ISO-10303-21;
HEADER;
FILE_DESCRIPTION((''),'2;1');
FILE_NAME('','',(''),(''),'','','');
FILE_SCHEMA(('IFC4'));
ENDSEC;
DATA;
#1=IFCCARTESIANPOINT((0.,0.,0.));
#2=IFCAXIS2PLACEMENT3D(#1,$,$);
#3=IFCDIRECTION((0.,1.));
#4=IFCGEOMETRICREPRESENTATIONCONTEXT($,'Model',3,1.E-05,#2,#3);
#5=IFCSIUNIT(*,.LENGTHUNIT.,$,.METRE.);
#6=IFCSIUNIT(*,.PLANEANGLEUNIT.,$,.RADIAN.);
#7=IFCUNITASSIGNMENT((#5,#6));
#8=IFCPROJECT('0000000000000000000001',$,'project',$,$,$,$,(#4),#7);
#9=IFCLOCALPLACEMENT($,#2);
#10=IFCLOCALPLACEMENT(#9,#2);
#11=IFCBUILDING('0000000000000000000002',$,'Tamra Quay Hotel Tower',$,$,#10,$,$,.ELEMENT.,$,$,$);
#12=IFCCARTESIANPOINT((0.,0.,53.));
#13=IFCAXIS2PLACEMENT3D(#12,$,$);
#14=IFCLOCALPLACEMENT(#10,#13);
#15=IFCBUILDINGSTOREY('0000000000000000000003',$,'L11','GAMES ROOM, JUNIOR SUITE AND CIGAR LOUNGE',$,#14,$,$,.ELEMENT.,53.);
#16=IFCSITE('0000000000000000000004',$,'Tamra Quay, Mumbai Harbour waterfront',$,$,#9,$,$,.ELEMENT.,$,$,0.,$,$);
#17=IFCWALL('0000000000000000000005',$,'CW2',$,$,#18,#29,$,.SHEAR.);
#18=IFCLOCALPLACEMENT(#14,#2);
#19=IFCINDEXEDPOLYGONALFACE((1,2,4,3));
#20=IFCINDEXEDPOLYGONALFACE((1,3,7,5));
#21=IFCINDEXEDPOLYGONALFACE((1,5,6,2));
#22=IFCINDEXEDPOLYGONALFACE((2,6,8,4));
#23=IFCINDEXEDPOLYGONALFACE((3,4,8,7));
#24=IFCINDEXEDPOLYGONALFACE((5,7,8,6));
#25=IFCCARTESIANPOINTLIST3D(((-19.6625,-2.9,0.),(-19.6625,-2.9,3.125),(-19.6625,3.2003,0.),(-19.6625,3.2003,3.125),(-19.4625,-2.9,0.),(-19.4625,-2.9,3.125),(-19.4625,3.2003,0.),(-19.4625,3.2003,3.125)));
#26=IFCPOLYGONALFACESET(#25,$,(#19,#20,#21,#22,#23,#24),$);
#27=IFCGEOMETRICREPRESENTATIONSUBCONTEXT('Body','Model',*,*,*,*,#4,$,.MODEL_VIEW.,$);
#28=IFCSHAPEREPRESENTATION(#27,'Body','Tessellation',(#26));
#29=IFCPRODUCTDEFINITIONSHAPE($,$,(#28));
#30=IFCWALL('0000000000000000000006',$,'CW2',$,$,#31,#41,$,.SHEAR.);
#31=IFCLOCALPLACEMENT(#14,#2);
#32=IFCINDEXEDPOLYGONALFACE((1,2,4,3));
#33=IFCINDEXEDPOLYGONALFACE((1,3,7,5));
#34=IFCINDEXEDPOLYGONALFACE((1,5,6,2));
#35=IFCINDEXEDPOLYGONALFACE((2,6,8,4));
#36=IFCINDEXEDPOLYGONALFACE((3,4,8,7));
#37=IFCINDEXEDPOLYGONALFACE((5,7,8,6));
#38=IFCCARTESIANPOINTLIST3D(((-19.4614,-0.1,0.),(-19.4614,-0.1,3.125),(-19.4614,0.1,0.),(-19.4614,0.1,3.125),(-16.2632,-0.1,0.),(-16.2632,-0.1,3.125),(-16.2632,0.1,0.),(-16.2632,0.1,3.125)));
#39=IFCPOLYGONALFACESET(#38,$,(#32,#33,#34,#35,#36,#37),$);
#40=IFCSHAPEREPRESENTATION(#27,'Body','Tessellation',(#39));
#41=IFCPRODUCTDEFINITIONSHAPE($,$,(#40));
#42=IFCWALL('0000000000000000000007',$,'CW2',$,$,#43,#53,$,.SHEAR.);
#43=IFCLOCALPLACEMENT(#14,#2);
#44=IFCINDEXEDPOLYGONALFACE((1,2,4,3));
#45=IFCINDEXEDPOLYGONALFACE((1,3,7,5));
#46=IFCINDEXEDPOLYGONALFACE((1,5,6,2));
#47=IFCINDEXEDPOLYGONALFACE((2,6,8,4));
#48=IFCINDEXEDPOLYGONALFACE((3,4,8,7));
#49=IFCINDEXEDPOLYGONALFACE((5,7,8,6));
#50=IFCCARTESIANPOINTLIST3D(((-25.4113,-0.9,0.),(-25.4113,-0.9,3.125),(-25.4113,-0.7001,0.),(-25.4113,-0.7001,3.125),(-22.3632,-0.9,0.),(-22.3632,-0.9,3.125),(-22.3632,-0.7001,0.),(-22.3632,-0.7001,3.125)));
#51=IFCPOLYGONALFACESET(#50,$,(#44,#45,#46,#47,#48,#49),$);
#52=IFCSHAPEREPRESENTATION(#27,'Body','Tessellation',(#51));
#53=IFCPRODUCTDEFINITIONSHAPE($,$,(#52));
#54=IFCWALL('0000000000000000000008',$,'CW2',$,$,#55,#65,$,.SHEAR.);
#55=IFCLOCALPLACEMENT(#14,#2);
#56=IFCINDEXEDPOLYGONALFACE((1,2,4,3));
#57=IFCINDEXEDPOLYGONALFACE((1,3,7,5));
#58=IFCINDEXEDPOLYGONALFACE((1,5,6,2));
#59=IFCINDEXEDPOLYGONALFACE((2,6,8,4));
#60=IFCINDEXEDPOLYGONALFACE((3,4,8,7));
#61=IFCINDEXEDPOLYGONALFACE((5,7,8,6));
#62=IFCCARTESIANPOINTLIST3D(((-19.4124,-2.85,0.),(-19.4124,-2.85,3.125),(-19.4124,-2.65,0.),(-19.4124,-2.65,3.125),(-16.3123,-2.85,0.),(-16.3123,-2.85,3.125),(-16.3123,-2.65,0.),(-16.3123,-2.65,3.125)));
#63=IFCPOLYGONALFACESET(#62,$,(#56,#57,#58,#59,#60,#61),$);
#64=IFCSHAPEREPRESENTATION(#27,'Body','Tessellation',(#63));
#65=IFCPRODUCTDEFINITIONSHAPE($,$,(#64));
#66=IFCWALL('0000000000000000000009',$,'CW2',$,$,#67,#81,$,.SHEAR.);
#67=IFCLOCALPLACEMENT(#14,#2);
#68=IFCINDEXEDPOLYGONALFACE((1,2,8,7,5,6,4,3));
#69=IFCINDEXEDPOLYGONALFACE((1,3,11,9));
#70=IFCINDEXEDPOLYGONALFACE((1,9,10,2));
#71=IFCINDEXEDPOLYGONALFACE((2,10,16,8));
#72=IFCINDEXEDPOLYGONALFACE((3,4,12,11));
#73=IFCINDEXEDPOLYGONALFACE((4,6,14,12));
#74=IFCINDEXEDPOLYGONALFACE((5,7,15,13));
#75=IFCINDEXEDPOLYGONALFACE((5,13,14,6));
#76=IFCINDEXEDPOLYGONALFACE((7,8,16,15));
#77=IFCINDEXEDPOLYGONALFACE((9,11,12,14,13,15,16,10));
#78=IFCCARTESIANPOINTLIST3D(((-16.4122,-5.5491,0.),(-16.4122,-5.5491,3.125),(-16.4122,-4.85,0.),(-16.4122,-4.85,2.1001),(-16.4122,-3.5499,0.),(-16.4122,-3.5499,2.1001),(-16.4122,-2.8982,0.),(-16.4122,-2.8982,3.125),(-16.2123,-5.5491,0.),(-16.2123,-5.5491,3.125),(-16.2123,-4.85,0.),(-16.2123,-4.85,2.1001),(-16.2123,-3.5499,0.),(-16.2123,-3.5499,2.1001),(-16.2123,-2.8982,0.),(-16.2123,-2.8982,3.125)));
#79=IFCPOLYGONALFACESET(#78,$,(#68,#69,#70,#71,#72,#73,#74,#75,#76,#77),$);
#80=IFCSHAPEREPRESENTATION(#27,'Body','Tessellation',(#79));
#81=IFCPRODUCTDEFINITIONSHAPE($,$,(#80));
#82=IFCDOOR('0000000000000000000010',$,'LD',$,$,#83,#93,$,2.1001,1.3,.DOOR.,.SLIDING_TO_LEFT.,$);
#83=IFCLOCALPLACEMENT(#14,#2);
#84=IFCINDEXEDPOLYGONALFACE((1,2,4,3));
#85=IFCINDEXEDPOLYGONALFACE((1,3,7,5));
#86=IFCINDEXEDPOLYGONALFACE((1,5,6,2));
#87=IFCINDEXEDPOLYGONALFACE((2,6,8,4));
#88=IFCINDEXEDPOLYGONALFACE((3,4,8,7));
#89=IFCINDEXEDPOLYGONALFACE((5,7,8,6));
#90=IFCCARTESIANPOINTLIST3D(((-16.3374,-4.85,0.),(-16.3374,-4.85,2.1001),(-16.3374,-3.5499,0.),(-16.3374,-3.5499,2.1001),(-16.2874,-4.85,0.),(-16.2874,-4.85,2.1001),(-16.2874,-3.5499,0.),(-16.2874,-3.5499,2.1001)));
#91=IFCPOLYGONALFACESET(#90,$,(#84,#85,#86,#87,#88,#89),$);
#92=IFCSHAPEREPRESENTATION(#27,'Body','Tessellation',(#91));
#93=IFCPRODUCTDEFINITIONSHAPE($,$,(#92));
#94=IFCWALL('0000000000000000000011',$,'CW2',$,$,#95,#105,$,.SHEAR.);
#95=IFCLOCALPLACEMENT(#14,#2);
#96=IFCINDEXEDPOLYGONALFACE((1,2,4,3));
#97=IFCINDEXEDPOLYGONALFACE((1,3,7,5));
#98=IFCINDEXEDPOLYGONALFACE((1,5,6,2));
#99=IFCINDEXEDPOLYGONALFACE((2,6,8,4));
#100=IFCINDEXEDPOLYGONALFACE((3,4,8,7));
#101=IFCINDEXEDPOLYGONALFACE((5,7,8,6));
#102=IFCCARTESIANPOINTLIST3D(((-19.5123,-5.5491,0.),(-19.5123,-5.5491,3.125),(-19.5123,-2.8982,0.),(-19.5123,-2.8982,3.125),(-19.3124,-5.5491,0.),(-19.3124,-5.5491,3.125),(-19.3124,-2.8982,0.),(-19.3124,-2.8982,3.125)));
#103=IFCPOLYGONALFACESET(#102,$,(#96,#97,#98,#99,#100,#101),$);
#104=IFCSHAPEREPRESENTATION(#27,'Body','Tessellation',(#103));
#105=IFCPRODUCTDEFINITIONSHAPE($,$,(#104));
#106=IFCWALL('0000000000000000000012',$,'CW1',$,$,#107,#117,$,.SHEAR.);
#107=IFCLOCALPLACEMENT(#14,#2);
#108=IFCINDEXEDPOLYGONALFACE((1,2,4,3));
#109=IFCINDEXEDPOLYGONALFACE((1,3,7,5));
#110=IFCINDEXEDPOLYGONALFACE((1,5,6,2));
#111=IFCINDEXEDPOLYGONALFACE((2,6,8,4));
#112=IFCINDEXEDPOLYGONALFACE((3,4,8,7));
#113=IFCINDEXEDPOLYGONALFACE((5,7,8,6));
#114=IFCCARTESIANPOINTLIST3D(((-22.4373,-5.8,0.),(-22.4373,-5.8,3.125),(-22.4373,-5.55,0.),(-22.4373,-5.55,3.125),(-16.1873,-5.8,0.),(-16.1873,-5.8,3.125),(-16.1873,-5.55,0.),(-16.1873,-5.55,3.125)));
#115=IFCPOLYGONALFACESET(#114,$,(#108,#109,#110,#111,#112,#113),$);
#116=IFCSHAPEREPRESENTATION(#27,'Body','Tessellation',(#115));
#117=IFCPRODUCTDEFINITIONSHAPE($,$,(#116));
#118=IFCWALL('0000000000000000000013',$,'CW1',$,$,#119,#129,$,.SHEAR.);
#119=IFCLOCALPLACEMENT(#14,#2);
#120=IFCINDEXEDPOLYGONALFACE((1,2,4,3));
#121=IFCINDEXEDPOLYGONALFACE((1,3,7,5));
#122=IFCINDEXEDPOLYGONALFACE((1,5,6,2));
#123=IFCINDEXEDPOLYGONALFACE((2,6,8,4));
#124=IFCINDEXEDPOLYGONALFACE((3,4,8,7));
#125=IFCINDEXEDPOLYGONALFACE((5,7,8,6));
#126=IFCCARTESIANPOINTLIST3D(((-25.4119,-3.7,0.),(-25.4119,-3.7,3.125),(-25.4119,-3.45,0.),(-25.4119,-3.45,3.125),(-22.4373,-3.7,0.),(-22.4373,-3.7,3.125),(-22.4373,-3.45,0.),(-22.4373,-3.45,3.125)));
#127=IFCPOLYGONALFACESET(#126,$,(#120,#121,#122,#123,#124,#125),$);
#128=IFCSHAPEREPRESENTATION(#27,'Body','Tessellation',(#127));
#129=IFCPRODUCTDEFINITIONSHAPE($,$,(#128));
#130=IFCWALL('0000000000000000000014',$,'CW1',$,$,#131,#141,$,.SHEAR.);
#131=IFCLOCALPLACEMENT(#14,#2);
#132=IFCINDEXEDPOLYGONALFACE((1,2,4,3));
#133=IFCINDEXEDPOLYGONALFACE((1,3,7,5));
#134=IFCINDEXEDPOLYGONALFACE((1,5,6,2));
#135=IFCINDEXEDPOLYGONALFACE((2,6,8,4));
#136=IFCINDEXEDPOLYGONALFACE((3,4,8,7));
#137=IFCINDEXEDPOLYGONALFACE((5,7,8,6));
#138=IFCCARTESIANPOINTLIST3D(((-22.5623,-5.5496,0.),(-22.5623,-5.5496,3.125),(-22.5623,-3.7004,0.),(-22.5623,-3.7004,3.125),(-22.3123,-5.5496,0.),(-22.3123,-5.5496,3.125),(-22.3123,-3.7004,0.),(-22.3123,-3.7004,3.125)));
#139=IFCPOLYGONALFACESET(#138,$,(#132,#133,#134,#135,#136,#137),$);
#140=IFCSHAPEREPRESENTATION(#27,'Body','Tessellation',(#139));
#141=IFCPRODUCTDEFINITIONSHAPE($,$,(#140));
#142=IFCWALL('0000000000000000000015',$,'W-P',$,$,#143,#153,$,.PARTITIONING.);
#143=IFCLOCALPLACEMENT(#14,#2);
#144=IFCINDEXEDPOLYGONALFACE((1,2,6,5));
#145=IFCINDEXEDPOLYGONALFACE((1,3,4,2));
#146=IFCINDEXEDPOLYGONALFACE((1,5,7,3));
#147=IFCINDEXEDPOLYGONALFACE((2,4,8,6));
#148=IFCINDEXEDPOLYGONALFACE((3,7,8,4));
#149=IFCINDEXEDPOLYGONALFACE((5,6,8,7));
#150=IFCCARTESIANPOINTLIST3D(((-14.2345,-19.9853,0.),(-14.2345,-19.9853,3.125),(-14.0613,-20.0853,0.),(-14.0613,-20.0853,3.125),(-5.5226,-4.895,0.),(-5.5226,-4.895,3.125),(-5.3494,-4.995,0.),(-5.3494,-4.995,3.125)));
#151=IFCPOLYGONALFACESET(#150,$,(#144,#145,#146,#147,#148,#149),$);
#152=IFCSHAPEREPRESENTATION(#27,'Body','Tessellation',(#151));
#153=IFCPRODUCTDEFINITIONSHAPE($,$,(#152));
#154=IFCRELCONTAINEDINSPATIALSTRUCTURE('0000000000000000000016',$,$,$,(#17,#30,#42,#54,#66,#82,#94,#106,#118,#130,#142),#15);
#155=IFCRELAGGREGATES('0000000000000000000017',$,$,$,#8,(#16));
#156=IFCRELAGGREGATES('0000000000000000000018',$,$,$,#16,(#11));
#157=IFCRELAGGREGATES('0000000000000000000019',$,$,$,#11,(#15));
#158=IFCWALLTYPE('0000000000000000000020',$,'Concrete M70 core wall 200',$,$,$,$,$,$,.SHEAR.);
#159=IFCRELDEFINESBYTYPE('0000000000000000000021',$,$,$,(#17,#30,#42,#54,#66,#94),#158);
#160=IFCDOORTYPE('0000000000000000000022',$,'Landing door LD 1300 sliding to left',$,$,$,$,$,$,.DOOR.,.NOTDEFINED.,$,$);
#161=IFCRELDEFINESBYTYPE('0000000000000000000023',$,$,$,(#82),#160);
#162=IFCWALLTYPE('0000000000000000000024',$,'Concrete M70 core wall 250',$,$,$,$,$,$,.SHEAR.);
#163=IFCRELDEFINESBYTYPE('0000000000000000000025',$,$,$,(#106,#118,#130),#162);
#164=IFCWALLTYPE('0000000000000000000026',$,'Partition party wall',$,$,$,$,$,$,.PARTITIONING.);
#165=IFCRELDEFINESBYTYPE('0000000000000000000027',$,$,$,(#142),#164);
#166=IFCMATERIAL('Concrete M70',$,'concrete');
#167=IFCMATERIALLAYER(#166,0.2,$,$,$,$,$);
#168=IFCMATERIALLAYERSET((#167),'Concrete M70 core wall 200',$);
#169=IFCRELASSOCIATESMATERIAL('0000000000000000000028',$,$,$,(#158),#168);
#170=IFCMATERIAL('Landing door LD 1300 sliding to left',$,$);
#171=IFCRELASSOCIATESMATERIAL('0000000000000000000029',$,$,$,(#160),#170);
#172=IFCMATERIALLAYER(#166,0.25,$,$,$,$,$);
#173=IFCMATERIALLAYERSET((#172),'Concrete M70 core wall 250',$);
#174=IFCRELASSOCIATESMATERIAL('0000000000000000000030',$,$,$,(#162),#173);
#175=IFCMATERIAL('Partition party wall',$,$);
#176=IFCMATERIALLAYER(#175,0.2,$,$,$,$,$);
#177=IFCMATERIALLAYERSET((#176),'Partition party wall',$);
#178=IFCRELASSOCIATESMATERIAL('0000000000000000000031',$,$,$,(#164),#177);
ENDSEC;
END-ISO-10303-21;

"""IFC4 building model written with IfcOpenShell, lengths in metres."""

from ifc_helpers import new_model, si_unit, direction, frame, frame_2d, origin, place, context, subcontext, project, spatial, rectangle, extrude, material, layer, layer_set, type_object, element, fill, save


model = new_model("IFC4")

# Units and contexts
model_context = context("Model", 3, precision=1e-05, world=origin(), true_north=direction((0.0, 1.0)))
body_context = subcontext(model_context, "Body", "Model", "MODEL_VIEW")
ifc_project = project(units=[si_unit("LENGTHUNIT", "METRE"), si_unit("PLANEANGLEUNIT", "RADIAN")], contexts=[model_context])

# Site, building, storey
site_placement = place(None, origin())
site = spatial("IfcSite", under=ifc_project, at=site_placement, Name="Tamra Quay, Mumbai Harbour waterfront", CompositionType="ELEMENT", RefElevation=0.0)
building_placement = place(site_placement, origin())
building = spatial("IfcBuilding", under=site, at=building_placement, Name="Tamra Quay Hotel Tower", CompositionType="ELEMENT")
storey_placement = place(building_placement, frame((0.0, 0.0, 53.0)))
storey = spatial("IfcBuildingStorey", under=building, at=storey_placement, Name="L11", Description="GAMES ROOM, JUNIOR SUITE AND CIGAR LOUNGE", CompositionType="ELEMENT", Elevation=53.0)

# Shared definitions
ifc_material_1 = material(Name="Concrete M70", Category="concrete")

# Walls
ifc_layer_1 = layer(ifc_material_1, 0.2)
ifc_layer_set_1 = layer_set([ifc_layer_1], Name="Concrete M70 core wall 200")
wall_type_1 = type_object("IfcWallType", Name="Concrete M70 core wall 200", PredefinedType="SHEAR", material=ifc_layer_set_1)
wall_1_placement = place(storey_placement, frame((-19.5625, -2.9001, 0.0), z_axis=(0.0, 0.0, 1.0), x_axis=(0.0, 1.0, 0.0)))
element("IfcWall", 1, at=wall_1_placement, inside=storey, type_object=wall_type_1, Name="CW2", PredefinedType="SHEAR", context=body_context, shape_type="SweptSolid", body=[
    extrude(rectangle(XDim=6.1003, YDim=0.2, at=frame_2d((3.0503, 0.0))), origin(), (0.0, 0.0, 1.0), 3.125),
])
wall_2_placement = place(storey_placement, frame((-16.2632, 0.0, 0.0), z_axis=(0.0, 0.0, 1.0), x_axis=(-1.0, 0.0, 0.0)))
element("IfcWall", 2, at=wall_2_placement, inside=storey, type_object=wall_type_1, Name="CW2", PredefinedType="SHEAR", context=body_context, shape_type="SweptSolid", body=[
    extrude(rectangle(XDim=3.1982, YDim=0.2, at=frame_2d((1.5991, 0.0))), origin(), (0.0, 0.0, 1.0), 3.125),
])
wall_3_placement = place(storey_placement, frame((-22.3633, -0.8, 0.0), z_axis=(0.0, 0.0, 1.0), x_axis=(-1.0, 0.0, 0.0)))
element("IfcWall", 3, at=wall_3_placement, inside=storey, type_object=wall_type_1, Name="CW2", PredefinedType="SHEAR", context=body_context, shape_type="SweptSolid", body=[
    extrude(rectangle(XDim=3.0481, YDim=0.2, at=frame_2d((1.5239, 0.0))), origin(), (0.0, 0.0, 1.0), 3.125),
])
wall_4_placement = place(storey_placement, frame((-19.4124, -2.75, 0.0), z_axis=(0.0, 0.0, 1.0), x_axis=(1.0, 0.0, 0.0)))
element("IfcWall", 4, at=wall_4_placement, inside=storey, type_object=wall_type_1, Name="CW2", PredefinedType="SHEAR", context=body_context, shape_type="SweptSolid", body=[
    extrude(rectangle(XDim=3.1001, YDim=0.2, at=frame_2d((1.55, 0.0))), origin(), (0.0, 0.0, 1.0), 3.125),
])

# Wall, opening, door
wall_5_placement = place(storey_placement, frame((-16.3123, -2.8982, 0.0), z_axis=(0.0, 0.0, 1.0), x_axis=(0.0, -1.0, 0.0)))
wall_5 = element("IfcWall", 5, at=wall_5_placement, inside=storey, type_object=wall_type_1, Name="CW2", PredefinedType="SHEAR", context=body_context, shape_type="SweptSolid", body=[
    extrude(rectangle(XDim=2.6509, YDim=0.2, at=frame_2d((1.3254, 0.0))), origin(), (0.0, 0.0, 1.0), 3.125),
])
opening_placement = place(wall_5_placement, frame((0.6519, 0.0, 0.0)))
opening = element("IfcOpeningElement", 6, at=opening_placement, cuts=wall_5, PredefinedType="OPENING", context=body_context, shape_type="SweptSolid", body=[
    extrude(rectangle(XDim=1.3, YDim=2.1001, at=frame_2d((0.6499, 1.05))), frame((0.0, 0.1099, 0.0), z_axis=(0.0, -1.0, 0.0), x_axis=(1.0, 0.0, 0.0)), (0.0, 0.0, 1.0), 0.22),
])
ifc_material_2 = material(Name="Landing door LD 1300 sliding to left")
door_type = type_object("IfcDoorType", Name="Landing door LD 1300 sliding to left", OperationType="NOTDEFINED", PredefinedType="DOOR", material=ifc_material_2)
door_placement = place(opening_placement, origin())
door = element("IfcDoor", 7, at=door_placement, inside=storey, type_object=door_type, Name="LD", OperationType="SLIDING_TO_LEFT", OverallHeight=2.1001, OverallWidth=1.3, PredefinedType="DOOR", context=body_context, shape_type="SweptSolid", body=[
    extrude(rectangle(XDim=1.3, YDim=2.1001, at=frame_2d((0.6499, 1.05))), frame((0.0, 0.0249, 0.0), z_axis=(0.0, -1.0, 0.0), x_axis=(1.0, 0.0, 0.0)), (0.0, 0.0, 1.0), 0.05),
])
fill(opening, door)

# Walls
wall_6_placement = place(storey_placement, frame((-19.4124, -5.5491, 0.0), z_axis=(0.0, 0.0, 1.0), x_axis=(0.0, 1.0, 0.0)))
element("IfcWall", 8, at=wall_6_placement, inside=storey, type_object=wall_type_1, Name="CW2", PredefinedType="SHEAR", context=body_context, shape_type="SweptSolid", body=[
    extrude(rectangle(XDim=2.6509, YDim=0.2, at=frame_2d((1.3254, 0.0))), origin(), (0.0, 0.0, 1.0), 3.125),
])
ifc_layer_2 = layer(ifc_material_1, 0.25)
ifc_layer_set_2 = layer_set([ifc_layer_2], Name="Concrete M70 core wall 250")
wall_type_2 = type_object("IfcWallType", Name="Concrete M70 core wall 250", PredefinedType="SHEAR", material=ifc_layer_set_2)
wall_7_placement = place(storey_placement, frame((-16.1873, -5.675, 0.0), z_axis=(0.0, 0.0, 1.0), x_axis=(-1.0, 0.0, 0.0)))
element("IfcWall", 9, at=wall_7_placement, inside=storey, type_object=wall_type_2, Name="CW1", PredefinedType="SHEAR", context=body_context, shape_type="SweptSolid", body=[
    extrude(rectangle(XDim=6.25, YDim=0.25, at=frame_2d((3.125, 0.0))), origin(), (0.0, 0.0, 1.0), 3.125),
])
wall_8_placement = place(storey_placement, frame((-22.4373, -3.575, 0.0), z_axis=(0.0, 0.0, 1.0), x_axis=(-1.0, 0.0, 0.0)))
element("IfcWall", 10, at=wall_8_placement, inside=storey, type_object=wall_type_2, Name="CW1", PredefinedType="SHEAR", context=body_context, shape_type="SweptSolid", body=[
    extrude(rectangle(XDim=2.9746, YDim=0.25, at=frame_2d((1.4873, 0.0))), origin(), (0.0, 0.0, 1.0), 3.125),
])
wall_9_placement = place(storey_placement, frame((-22.4373, -5.5496, 0.0), z_axis=(0.0, 0.0, 1.0), x_axis=(0.0, 1.0, 0.0)))
element("IfcWall", 11, at=wall_9_placement, inside=storey, type_object=wall_type_2, Name="CW1", PredefinedType="SHEAR", context=body_context, shape_type="SweptSolid", body=[
    extrude(rectangle(XDim=1.8491, YDim=0.25, at=frame_2d((0.9246, 0.0))), origin(), (0.0, 0.0, 1.0), 3.125),
])
ifc_material_3 = material(Name="Partition party wall")
ifc_layer_3 = layer(ifc_material_3, 0.2)
ifc_layer_set_3 = layer_set([ifc_layer_3], Name="Partition party wall")
wall_type_3 = type_object("IfcWallType", Name="Partition party wall", PredefinedType="PARTITIONING", material=ifc_layer_set_3)
wall_10_placement = place(storey_placement, frame((-14.1479, -20.0354, 0.0), z_axis=(0.0, 0.0, 1.0), x_axis=(0.499979, 0.866038, 0.0)))
element("IfcWall", 12, at=wall_10_placement, inside=storey, type_object=wall_type_3, Name="W-P", PredefinedType="PARTITIONING", context=body_context, shape_type="SweptSolid", body=[
    extrude(rectangle(XDim=17.4246, YDim=0.2, at=frame_2d((8.7124, 0.0))), origin(), (0.0, 0.0, 1.0), 3.125),
])

save(model, "model.ifc")
